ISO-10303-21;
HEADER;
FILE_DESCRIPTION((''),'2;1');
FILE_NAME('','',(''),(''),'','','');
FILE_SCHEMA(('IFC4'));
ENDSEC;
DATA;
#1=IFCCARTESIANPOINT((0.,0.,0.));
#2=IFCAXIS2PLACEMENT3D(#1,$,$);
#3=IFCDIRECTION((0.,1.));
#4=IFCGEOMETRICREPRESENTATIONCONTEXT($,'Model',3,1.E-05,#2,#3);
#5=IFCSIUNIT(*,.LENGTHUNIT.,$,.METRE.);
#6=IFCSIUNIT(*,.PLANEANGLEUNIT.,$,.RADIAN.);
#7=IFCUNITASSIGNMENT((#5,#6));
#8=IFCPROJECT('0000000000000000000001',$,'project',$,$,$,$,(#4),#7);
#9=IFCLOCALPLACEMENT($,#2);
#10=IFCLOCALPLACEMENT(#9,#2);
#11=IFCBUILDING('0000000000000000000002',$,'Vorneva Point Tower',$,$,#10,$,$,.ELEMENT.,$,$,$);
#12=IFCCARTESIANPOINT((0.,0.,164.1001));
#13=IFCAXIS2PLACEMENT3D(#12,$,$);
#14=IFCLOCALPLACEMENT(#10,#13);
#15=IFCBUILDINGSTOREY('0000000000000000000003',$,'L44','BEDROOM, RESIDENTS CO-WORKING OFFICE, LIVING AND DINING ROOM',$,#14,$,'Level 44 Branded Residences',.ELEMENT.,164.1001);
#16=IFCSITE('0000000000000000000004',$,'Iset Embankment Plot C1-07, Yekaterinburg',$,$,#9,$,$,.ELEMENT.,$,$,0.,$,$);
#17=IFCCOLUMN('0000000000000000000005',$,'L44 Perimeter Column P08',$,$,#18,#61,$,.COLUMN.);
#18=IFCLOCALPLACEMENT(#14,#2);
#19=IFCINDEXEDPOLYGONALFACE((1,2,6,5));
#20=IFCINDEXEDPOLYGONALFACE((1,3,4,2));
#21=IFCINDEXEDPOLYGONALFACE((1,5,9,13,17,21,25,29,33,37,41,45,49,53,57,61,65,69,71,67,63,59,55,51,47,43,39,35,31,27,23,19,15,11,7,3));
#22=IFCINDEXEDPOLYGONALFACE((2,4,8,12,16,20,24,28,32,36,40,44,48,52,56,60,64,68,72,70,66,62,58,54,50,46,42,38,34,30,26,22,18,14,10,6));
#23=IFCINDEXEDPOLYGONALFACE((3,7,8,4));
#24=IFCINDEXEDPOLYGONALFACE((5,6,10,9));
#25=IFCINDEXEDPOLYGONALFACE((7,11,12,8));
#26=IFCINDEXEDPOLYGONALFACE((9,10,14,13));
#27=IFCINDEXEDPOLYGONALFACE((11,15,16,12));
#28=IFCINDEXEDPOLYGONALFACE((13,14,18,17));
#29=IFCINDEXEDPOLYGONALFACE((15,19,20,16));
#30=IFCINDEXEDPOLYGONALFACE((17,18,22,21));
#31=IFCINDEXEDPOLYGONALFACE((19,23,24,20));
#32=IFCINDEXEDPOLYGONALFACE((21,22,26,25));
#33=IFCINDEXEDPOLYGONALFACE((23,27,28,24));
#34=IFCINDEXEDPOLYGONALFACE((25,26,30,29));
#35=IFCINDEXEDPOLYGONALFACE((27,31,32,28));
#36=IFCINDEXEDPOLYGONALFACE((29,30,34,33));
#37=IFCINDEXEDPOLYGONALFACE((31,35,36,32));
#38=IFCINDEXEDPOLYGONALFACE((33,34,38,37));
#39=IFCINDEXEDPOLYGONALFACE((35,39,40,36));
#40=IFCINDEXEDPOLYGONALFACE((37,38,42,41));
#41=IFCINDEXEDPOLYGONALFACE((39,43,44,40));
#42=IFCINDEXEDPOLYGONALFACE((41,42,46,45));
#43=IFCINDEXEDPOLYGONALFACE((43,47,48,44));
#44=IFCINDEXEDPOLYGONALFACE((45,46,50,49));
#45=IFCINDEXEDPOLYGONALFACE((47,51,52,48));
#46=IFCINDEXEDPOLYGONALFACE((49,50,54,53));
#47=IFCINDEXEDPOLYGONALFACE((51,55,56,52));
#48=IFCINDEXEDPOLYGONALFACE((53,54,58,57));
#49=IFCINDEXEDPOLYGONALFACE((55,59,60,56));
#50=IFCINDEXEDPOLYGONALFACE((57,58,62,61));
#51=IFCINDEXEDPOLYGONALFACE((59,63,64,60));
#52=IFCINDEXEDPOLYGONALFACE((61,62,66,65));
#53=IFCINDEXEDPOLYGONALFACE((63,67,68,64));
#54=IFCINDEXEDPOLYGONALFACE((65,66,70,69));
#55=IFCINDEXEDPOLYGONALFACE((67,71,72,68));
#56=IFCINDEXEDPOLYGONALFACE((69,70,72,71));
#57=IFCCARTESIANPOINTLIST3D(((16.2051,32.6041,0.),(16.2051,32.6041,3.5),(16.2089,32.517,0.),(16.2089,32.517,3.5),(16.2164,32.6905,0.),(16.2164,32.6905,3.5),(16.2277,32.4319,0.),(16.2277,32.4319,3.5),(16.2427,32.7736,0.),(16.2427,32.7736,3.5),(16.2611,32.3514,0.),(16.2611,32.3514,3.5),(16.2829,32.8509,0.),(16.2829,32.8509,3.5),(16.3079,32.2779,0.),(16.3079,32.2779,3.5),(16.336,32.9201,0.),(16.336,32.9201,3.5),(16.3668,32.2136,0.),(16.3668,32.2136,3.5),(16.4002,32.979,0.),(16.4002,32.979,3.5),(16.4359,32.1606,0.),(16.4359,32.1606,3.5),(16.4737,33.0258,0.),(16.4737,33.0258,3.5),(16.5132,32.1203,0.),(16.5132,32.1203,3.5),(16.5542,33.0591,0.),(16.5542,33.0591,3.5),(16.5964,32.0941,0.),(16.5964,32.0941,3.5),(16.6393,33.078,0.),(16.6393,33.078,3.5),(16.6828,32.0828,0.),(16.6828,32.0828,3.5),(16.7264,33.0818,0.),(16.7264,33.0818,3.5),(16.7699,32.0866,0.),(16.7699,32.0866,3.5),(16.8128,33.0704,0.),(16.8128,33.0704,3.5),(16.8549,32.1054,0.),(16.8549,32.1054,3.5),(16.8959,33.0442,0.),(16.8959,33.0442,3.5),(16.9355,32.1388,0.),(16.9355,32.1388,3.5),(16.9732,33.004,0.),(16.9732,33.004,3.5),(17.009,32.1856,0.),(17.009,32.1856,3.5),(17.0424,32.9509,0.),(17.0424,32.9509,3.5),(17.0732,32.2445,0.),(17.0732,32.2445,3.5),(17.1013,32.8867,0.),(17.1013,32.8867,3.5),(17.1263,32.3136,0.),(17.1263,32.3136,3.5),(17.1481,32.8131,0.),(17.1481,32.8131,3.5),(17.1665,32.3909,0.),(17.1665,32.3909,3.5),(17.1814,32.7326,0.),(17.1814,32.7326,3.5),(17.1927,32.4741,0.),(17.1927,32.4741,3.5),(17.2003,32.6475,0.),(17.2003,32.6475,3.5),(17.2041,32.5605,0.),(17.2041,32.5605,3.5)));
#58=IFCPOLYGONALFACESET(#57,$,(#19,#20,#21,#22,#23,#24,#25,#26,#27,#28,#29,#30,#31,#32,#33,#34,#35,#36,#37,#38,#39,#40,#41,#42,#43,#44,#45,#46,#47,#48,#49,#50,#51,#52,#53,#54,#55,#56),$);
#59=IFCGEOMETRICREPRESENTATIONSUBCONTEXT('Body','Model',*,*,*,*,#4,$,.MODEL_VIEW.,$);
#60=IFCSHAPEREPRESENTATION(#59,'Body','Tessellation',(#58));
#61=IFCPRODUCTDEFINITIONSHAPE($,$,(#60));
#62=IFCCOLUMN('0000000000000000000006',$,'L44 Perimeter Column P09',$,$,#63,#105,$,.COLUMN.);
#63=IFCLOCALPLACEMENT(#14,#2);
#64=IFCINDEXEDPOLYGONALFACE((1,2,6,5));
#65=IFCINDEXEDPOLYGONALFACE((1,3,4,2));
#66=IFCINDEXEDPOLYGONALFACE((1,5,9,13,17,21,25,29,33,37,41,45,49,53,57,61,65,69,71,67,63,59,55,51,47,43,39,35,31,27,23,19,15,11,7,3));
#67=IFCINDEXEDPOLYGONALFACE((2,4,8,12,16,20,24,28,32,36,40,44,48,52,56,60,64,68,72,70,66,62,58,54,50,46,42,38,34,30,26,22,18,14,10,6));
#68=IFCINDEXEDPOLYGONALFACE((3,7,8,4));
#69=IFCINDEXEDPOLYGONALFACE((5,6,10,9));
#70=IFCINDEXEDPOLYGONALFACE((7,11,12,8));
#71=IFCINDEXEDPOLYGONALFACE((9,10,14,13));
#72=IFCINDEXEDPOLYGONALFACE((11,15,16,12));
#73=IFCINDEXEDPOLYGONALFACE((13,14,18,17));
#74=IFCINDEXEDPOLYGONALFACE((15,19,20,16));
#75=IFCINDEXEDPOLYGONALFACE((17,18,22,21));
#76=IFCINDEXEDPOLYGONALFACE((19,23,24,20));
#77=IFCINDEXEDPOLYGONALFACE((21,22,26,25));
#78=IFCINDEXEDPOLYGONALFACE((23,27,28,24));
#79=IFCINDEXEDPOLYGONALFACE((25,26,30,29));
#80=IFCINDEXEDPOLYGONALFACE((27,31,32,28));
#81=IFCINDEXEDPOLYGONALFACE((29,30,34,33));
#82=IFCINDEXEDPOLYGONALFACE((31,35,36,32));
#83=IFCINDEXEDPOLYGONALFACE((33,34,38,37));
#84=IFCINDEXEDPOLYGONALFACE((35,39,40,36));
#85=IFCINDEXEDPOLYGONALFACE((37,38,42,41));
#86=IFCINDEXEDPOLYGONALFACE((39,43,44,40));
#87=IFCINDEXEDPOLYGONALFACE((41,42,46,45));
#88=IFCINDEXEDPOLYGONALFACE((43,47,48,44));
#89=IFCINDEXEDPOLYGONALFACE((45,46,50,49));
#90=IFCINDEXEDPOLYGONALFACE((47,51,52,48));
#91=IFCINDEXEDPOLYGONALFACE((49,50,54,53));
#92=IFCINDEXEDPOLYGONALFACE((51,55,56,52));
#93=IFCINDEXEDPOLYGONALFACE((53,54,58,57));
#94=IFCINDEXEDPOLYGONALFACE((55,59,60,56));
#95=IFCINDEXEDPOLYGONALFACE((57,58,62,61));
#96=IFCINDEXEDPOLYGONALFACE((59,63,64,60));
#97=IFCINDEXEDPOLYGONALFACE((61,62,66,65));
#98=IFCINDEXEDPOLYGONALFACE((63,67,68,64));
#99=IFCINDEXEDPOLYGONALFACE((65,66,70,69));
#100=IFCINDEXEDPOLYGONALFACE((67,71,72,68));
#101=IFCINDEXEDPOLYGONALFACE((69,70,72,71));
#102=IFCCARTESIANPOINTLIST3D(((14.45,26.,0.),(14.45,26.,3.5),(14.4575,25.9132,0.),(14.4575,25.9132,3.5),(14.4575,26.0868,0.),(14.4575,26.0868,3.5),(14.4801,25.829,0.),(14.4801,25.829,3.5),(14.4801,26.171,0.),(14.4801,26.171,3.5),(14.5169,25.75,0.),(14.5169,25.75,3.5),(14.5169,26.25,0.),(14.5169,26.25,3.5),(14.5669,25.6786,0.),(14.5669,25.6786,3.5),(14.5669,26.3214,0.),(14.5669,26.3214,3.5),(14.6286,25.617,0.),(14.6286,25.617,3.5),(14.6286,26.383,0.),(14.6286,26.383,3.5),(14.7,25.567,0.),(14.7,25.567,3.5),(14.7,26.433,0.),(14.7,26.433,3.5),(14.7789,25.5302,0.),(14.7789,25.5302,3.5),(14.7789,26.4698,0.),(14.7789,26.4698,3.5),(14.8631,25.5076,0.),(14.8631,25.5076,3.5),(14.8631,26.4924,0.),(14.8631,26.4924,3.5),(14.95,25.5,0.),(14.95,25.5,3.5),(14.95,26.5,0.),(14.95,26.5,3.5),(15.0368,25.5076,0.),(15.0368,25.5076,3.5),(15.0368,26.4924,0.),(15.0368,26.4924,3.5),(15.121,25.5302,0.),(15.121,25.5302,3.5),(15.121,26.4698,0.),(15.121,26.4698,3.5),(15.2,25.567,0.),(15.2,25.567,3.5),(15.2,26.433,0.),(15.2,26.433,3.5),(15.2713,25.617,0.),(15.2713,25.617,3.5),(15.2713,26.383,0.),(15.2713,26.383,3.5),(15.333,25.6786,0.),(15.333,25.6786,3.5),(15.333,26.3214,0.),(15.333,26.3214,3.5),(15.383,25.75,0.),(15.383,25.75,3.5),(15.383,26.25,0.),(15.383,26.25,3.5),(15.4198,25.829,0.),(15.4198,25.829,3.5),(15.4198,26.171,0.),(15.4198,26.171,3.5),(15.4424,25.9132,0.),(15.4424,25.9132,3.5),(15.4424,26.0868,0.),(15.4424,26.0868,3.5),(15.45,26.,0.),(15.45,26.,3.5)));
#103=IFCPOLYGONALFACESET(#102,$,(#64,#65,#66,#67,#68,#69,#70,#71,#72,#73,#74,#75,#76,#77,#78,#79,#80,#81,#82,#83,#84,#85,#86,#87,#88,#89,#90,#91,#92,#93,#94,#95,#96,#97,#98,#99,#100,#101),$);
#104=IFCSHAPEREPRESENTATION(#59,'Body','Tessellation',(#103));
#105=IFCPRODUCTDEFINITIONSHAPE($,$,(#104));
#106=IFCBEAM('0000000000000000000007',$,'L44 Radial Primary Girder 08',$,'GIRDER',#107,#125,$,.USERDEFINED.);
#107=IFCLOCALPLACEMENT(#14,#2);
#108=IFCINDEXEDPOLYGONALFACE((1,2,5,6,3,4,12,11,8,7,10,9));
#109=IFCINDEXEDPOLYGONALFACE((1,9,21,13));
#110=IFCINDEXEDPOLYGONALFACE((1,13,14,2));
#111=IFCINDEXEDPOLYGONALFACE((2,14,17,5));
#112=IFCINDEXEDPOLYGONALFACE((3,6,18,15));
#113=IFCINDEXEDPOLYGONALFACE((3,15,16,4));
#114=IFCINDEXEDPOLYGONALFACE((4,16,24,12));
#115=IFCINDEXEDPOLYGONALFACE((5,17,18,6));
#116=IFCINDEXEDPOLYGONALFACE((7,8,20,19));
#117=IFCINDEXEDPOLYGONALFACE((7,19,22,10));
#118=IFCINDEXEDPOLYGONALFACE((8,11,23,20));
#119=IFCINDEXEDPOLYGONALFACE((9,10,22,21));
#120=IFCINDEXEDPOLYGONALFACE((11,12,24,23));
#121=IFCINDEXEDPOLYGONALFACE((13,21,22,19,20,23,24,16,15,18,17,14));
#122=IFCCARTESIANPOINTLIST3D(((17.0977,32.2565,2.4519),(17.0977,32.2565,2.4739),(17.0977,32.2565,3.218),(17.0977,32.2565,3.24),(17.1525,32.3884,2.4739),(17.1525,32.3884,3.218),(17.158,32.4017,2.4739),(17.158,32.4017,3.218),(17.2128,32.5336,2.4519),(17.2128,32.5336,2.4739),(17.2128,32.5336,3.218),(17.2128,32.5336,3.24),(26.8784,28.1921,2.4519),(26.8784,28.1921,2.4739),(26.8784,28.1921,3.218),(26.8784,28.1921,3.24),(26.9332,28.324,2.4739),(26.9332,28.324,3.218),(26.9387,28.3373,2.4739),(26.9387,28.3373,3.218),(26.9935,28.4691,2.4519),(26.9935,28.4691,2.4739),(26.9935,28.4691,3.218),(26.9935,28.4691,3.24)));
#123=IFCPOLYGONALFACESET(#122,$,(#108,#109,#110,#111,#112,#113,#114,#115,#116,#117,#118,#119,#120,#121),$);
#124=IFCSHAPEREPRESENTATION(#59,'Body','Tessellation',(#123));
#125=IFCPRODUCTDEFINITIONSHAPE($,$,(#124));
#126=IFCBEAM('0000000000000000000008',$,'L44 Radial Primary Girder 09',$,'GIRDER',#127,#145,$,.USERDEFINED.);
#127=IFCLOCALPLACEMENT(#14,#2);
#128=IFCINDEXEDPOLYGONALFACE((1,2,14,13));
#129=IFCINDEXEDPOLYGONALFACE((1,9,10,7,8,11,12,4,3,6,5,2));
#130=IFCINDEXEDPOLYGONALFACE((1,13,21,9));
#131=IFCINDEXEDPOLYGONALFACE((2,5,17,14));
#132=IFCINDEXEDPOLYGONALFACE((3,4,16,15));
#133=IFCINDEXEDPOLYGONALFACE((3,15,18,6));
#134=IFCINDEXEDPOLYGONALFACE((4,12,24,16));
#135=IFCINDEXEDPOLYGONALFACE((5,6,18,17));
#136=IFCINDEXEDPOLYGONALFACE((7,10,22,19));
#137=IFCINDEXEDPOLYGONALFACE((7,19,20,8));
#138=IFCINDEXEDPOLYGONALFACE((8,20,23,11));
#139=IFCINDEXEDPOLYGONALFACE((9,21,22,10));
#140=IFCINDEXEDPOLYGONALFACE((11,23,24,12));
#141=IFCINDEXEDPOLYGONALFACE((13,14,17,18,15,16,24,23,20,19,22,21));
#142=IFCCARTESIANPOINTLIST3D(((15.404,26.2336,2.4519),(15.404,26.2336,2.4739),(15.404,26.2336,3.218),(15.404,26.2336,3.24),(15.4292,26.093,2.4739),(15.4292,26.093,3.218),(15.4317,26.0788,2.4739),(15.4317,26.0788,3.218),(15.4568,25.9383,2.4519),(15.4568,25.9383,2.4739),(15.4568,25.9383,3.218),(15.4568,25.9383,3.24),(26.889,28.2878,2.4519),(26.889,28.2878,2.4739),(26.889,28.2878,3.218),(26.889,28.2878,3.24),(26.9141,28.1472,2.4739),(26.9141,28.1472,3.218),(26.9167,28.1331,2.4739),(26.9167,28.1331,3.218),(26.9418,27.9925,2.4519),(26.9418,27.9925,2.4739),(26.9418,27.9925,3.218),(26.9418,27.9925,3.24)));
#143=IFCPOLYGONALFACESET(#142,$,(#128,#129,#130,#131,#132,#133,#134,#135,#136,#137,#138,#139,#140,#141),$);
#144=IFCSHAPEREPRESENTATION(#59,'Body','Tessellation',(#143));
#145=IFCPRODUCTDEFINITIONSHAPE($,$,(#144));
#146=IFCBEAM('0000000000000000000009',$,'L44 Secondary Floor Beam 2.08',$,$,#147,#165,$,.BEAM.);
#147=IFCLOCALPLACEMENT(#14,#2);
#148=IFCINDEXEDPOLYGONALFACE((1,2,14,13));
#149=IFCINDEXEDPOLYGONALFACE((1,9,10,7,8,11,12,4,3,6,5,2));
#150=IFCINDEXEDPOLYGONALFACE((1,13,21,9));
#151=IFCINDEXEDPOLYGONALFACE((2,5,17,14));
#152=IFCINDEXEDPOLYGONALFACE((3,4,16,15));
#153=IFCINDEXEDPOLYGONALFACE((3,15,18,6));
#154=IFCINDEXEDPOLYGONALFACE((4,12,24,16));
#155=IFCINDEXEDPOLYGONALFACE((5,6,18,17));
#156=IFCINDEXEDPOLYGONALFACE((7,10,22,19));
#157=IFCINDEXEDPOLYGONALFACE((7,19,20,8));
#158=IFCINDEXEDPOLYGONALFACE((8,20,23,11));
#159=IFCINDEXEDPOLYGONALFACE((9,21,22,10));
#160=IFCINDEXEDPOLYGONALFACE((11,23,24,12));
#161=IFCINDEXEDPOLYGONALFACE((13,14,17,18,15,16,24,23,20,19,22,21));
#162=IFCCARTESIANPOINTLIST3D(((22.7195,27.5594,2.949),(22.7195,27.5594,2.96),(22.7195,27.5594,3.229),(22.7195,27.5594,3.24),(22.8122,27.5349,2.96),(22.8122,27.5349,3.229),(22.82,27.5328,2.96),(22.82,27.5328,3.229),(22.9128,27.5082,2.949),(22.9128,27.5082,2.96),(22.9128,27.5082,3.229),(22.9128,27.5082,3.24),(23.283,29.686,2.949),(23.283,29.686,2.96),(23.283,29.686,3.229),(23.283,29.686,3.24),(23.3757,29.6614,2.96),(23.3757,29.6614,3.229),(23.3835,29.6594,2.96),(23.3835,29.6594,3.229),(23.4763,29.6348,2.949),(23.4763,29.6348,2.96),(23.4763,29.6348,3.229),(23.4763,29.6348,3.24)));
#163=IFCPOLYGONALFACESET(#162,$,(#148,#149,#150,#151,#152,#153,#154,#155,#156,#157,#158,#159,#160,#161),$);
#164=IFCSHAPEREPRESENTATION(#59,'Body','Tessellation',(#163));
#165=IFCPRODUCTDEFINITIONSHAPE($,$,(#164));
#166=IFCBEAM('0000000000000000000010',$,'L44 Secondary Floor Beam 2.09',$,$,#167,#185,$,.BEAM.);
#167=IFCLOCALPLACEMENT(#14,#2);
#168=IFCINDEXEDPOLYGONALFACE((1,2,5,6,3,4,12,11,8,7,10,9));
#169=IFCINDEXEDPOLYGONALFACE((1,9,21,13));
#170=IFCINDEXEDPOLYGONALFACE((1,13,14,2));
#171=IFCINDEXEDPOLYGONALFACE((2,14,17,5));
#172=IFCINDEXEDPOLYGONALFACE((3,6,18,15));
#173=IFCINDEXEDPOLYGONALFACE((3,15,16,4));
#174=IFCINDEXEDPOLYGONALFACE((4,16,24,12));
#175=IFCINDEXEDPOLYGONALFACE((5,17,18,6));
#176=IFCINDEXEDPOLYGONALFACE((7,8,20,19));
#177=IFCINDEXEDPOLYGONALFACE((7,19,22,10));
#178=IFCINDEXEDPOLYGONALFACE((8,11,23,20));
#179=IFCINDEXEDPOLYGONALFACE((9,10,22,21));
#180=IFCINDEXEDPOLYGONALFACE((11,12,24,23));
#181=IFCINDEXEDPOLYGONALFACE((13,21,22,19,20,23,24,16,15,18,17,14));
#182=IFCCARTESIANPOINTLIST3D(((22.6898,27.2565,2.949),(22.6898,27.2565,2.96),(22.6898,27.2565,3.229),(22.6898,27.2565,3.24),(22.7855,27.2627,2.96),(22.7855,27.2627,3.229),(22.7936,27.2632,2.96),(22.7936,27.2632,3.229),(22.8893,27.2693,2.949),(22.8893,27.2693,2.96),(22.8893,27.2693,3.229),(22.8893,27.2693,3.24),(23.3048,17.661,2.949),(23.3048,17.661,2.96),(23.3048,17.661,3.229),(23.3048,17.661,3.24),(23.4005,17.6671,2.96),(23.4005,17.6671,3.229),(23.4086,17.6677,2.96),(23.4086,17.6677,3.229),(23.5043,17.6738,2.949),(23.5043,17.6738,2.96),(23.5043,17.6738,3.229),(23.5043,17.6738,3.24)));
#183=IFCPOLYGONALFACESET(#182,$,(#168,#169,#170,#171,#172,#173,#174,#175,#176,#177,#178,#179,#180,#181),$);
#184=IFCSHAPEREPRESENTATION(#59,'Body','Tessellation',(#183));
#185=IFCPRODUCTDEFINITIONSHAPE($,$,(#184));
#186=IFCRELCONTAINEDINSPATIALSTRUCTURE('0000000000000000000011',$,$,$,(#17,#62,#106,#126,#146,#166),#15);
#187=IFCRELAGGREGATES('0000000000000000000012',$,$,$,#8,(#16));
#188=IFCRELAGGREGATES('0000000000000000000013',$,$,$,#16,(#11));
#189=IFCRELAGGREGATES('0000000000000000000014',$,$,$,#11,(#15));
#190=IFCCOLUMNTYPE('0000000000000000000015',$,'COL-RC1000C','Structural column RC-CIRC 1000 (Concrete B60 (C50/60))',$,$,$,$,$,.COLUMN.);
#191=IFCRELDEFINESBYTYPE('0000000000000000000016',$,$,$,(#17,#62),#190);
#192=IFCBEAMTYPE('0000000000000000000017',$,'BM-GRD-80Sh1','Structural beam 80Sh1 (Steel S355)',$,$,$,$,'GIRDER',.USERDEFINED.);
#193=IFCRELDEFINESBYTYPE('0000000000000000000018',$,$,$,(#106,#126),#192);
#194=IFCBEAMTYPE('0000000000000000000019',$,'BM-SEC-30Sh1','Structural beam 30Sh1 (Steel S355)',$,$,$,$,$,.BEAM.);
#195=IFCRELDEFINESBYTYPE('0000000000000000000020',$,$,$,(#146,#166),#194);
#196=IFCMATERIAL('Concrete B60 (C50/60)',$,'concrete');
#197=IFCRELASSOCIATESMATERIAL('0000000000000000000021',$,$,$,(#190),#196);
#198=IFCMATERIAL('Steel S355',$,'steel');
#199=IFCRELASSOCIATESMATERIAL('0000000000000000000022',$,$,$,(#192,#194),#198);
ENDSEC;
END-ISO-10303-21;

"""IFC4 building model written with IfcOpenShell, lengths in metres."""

from ifc_helpers import new_model, si_unit, direction, frame, origin, origin_2d, place, context, subcontext, project, spatial, circle, i_section, extrude, material, material_profile, profile_set, type_object, element, save


model = new_model("IFC4")

# Units and contexts
model_context = context("Model", 3, precision=1e-05, world=origin(), true_north=direction((0.0, 1.0)))
body_context = subcontext(model_context, "Body", "Model", "MODEL_VIEW")
ifc_project = project(units=[si_unit("LENGTHUNIT", "METRE"), si_unit("PLANEANGLEUNIT", "RADIAN")], contexts=[model_context])

# Site, building, storey
site_placement = place(None, origin())
site = spatial("IfcSite", under=ifc_project, at=site_placement, Name="Iset Embankment Plot C1-07, Yekaterinburg", CompositionType="ELEMENT", RefElevation=0.0)
building_placement = place(site_placement, origin())
building = spatial("IfcBuilding", under=site, at=building_placement, Name="Vorneva Point Tower", CompositionType="ELEMENT")
storey_placement = place(building_placement, frame((0.0, 0.0, 164.1001)))
storey = spatial("IfcBuildingStorey", under=building, at=storey_placement, Name="L44", Description="BEDROOM, RESIDENTS CO-WORKING OFFICE, LIVING AND DINING ROOM", LongName="Level 44 Branded Residences", CompositionType="ELEMENT", Elevation=164.1001)

# Columns
ifc_material_1 = material(Name="Concrete B60 (C50/60)", Category="concrete")
ifc_material_profile_1 = material_profile(ifc_material_1, circle(Radius=0.5, at=origin_2d()), Name="RC-CIRC 1000")
ifc_profile_set_1 = profile_set([ifc_material_profile_1], Name="Concrete B60 (C50/60)")
column_type = type_object("IfcColumnType", Name="COL-RC1000C", Description="Structural column RC-CIRC 1000 (Concrete B60 (C50/60))", PredefinedType="COLUMN", material=ifc_profile_set_1)
for number, where, z_axis, x_axis, name in (
    (1, (16.7046, 32.5823, 0.0), (0.0, 0.0, 1.0), (-0.92388, 0.382683, 0.0), "L44 Perimeter Column P08"),
    (2, (14.95, 26.0, 0.0), (0.0, 0.0, 1.0), (-1.0, 0.0, 0.0), "L44 Perimeter Column P09"),
):
    element("IfcColumn", number, at=place(storey_placement, frame(where, z_axis=z_axis, x_axis=x_axis)), inside=storey, type_object=column_type, Name=name, PredefinedType="COLUMN", context=body_context, shape_type="SweptSolid", body=[
        extrude(circle(Radius=0.5, at=origin_2d()), origin(), (0.0, 0.0, 1.0), 3.5),
    ])

# Beams
ifc_material_2 = material(Name="Steel S355", Category="steel")
ifc_material_profile_2 = material_profile(ifc_material_2, i_section(OverallWidth=0.3, OverallDepth=0.7881, WebThickness=0.0144, FlangeThickness=0.022, at=origin_2d()), Name="80Sh1")
ifc_profile_set_2 = profile_set([ifc_material_profile_2], Name="Steel S355")
beam_type_1 = type_object("IfcBeamType", Name="BM-GRD-80Sh1", Description="Structural beam 80Sh1 (Steel S355)", ElementType="GIRDER", PredefinedType="USERDEFINED", material=ifc_profile_set_2)
beam_1_placement = place(storey_placement, frame((17.1553, 32.395, 2.8459), z_axis=(0.923441, -0.383741, 0.0), x_axis=(0.383741, 0.923441, 0.0)))
element("IfcBeam", 3, at=beam_1_placement, inside=storey, type_object=beam_type_1, Name="L44 Radial Primary Girder 08", ObjectType="GIRDER", PredefinedType="USERDEFINED", context=body_context, shape_type="SweptSolid", body=[
    extrude(i_section(OverallWidth=0.3, OverallDepth=0.7881, WebThickness=0.0144, FlangeThickness=0.022, at=origin_2d()), origin(), (0.0, 0.0, 1.0), 10.5916),
])
beam_2_placement = place(storey_placement, frame((15.4304, 26.0859, 2.8459), z_axis=(0.984378, 0.176067, 0.0), x_axis=(-0.176067, 0.984378, 0.0)))
element("IfcBeam", 4, at=beam_2_placement, inside=storey, type_object=beam_type_1, Name="L44 Radial Primary Girder 09", ObjectType="GIRDER", PredefinedType="USERDEFINED", context=body_context, shape_type="SweptSolid", body=[
    extrude(i_section(OverallWidth=0.3, OverallDepth=0.7881, WebThickness=0.0144, FlangeThickness=0.022, at=origin_2d()), origin(), (0.0, 0.0, 1.0), 11.6672),
])
ifc_material_profile_3 = material_profile(ifc_material_2, i_section(OverallWidth=0.2, OverallDepth=0.291, WebThickness=0.0081, FlangeThickness=0.011, at=origin_2d()), Name="30Sh1")
ifc_profile_set_3 = profile_set([ifc_material_profile_3], Name="Steel S355")
beam_type_2 = type_object("IfcBeamType", Name="BM-SEC-30Sh1", Description="Structural beam 30Sh1 (Steel S355)", PredefinedType="BEAM", material=ifc_profile_set_3)
beam_3_placement = place(storey_placement, frame((23.3796, 29.6604, 3.0945), z_axis=(-0.256143, -0.966639, 0.0), x_axis=(0.966639, -0.256143, 0.0)))
element("IfcBeam", 5, at=beam_3_placement, inside=storey, type_object=beam_type_2, Name="L44 Secondary Floor Beam 2.08", PredefinedType="BEAM", context=body_context, shape_type="SweptSolid", body=[
    extrude(i_section(OverallWidth=0.2, OverallDepth=0.291, WebThickness=0.0081, FlangeThickness=0.011, at=origin_2d()), origin(), (0.0, 0.0, 1.0), 2.2),
])
beam_4_placement = place(storey_placement, frame((22.7896, 27.2629, 3.0945), z_axis=(0.063961, -0.997952, 0.0), x_axis=(0.997952, 0.063961, 0.0)))
element("IfcBeam", 6, at=beam_4_placement, inside=storey, type_object=beam_type_2, Name="L44 Secondary Floor Beam 2.09", PredefinedType="BEAM", context=body_context, shape_type="SweptSolid", body=[
    extrude(i_section(OverallWidth=0.2, OverallDepth=0.291, WebThickness=0.0081, FlangeThickness=0.011, at=origin_2d()), origin(), (0.0, 0.0, 1.0), 9.6152),
])

save(model, "model.ifc")
